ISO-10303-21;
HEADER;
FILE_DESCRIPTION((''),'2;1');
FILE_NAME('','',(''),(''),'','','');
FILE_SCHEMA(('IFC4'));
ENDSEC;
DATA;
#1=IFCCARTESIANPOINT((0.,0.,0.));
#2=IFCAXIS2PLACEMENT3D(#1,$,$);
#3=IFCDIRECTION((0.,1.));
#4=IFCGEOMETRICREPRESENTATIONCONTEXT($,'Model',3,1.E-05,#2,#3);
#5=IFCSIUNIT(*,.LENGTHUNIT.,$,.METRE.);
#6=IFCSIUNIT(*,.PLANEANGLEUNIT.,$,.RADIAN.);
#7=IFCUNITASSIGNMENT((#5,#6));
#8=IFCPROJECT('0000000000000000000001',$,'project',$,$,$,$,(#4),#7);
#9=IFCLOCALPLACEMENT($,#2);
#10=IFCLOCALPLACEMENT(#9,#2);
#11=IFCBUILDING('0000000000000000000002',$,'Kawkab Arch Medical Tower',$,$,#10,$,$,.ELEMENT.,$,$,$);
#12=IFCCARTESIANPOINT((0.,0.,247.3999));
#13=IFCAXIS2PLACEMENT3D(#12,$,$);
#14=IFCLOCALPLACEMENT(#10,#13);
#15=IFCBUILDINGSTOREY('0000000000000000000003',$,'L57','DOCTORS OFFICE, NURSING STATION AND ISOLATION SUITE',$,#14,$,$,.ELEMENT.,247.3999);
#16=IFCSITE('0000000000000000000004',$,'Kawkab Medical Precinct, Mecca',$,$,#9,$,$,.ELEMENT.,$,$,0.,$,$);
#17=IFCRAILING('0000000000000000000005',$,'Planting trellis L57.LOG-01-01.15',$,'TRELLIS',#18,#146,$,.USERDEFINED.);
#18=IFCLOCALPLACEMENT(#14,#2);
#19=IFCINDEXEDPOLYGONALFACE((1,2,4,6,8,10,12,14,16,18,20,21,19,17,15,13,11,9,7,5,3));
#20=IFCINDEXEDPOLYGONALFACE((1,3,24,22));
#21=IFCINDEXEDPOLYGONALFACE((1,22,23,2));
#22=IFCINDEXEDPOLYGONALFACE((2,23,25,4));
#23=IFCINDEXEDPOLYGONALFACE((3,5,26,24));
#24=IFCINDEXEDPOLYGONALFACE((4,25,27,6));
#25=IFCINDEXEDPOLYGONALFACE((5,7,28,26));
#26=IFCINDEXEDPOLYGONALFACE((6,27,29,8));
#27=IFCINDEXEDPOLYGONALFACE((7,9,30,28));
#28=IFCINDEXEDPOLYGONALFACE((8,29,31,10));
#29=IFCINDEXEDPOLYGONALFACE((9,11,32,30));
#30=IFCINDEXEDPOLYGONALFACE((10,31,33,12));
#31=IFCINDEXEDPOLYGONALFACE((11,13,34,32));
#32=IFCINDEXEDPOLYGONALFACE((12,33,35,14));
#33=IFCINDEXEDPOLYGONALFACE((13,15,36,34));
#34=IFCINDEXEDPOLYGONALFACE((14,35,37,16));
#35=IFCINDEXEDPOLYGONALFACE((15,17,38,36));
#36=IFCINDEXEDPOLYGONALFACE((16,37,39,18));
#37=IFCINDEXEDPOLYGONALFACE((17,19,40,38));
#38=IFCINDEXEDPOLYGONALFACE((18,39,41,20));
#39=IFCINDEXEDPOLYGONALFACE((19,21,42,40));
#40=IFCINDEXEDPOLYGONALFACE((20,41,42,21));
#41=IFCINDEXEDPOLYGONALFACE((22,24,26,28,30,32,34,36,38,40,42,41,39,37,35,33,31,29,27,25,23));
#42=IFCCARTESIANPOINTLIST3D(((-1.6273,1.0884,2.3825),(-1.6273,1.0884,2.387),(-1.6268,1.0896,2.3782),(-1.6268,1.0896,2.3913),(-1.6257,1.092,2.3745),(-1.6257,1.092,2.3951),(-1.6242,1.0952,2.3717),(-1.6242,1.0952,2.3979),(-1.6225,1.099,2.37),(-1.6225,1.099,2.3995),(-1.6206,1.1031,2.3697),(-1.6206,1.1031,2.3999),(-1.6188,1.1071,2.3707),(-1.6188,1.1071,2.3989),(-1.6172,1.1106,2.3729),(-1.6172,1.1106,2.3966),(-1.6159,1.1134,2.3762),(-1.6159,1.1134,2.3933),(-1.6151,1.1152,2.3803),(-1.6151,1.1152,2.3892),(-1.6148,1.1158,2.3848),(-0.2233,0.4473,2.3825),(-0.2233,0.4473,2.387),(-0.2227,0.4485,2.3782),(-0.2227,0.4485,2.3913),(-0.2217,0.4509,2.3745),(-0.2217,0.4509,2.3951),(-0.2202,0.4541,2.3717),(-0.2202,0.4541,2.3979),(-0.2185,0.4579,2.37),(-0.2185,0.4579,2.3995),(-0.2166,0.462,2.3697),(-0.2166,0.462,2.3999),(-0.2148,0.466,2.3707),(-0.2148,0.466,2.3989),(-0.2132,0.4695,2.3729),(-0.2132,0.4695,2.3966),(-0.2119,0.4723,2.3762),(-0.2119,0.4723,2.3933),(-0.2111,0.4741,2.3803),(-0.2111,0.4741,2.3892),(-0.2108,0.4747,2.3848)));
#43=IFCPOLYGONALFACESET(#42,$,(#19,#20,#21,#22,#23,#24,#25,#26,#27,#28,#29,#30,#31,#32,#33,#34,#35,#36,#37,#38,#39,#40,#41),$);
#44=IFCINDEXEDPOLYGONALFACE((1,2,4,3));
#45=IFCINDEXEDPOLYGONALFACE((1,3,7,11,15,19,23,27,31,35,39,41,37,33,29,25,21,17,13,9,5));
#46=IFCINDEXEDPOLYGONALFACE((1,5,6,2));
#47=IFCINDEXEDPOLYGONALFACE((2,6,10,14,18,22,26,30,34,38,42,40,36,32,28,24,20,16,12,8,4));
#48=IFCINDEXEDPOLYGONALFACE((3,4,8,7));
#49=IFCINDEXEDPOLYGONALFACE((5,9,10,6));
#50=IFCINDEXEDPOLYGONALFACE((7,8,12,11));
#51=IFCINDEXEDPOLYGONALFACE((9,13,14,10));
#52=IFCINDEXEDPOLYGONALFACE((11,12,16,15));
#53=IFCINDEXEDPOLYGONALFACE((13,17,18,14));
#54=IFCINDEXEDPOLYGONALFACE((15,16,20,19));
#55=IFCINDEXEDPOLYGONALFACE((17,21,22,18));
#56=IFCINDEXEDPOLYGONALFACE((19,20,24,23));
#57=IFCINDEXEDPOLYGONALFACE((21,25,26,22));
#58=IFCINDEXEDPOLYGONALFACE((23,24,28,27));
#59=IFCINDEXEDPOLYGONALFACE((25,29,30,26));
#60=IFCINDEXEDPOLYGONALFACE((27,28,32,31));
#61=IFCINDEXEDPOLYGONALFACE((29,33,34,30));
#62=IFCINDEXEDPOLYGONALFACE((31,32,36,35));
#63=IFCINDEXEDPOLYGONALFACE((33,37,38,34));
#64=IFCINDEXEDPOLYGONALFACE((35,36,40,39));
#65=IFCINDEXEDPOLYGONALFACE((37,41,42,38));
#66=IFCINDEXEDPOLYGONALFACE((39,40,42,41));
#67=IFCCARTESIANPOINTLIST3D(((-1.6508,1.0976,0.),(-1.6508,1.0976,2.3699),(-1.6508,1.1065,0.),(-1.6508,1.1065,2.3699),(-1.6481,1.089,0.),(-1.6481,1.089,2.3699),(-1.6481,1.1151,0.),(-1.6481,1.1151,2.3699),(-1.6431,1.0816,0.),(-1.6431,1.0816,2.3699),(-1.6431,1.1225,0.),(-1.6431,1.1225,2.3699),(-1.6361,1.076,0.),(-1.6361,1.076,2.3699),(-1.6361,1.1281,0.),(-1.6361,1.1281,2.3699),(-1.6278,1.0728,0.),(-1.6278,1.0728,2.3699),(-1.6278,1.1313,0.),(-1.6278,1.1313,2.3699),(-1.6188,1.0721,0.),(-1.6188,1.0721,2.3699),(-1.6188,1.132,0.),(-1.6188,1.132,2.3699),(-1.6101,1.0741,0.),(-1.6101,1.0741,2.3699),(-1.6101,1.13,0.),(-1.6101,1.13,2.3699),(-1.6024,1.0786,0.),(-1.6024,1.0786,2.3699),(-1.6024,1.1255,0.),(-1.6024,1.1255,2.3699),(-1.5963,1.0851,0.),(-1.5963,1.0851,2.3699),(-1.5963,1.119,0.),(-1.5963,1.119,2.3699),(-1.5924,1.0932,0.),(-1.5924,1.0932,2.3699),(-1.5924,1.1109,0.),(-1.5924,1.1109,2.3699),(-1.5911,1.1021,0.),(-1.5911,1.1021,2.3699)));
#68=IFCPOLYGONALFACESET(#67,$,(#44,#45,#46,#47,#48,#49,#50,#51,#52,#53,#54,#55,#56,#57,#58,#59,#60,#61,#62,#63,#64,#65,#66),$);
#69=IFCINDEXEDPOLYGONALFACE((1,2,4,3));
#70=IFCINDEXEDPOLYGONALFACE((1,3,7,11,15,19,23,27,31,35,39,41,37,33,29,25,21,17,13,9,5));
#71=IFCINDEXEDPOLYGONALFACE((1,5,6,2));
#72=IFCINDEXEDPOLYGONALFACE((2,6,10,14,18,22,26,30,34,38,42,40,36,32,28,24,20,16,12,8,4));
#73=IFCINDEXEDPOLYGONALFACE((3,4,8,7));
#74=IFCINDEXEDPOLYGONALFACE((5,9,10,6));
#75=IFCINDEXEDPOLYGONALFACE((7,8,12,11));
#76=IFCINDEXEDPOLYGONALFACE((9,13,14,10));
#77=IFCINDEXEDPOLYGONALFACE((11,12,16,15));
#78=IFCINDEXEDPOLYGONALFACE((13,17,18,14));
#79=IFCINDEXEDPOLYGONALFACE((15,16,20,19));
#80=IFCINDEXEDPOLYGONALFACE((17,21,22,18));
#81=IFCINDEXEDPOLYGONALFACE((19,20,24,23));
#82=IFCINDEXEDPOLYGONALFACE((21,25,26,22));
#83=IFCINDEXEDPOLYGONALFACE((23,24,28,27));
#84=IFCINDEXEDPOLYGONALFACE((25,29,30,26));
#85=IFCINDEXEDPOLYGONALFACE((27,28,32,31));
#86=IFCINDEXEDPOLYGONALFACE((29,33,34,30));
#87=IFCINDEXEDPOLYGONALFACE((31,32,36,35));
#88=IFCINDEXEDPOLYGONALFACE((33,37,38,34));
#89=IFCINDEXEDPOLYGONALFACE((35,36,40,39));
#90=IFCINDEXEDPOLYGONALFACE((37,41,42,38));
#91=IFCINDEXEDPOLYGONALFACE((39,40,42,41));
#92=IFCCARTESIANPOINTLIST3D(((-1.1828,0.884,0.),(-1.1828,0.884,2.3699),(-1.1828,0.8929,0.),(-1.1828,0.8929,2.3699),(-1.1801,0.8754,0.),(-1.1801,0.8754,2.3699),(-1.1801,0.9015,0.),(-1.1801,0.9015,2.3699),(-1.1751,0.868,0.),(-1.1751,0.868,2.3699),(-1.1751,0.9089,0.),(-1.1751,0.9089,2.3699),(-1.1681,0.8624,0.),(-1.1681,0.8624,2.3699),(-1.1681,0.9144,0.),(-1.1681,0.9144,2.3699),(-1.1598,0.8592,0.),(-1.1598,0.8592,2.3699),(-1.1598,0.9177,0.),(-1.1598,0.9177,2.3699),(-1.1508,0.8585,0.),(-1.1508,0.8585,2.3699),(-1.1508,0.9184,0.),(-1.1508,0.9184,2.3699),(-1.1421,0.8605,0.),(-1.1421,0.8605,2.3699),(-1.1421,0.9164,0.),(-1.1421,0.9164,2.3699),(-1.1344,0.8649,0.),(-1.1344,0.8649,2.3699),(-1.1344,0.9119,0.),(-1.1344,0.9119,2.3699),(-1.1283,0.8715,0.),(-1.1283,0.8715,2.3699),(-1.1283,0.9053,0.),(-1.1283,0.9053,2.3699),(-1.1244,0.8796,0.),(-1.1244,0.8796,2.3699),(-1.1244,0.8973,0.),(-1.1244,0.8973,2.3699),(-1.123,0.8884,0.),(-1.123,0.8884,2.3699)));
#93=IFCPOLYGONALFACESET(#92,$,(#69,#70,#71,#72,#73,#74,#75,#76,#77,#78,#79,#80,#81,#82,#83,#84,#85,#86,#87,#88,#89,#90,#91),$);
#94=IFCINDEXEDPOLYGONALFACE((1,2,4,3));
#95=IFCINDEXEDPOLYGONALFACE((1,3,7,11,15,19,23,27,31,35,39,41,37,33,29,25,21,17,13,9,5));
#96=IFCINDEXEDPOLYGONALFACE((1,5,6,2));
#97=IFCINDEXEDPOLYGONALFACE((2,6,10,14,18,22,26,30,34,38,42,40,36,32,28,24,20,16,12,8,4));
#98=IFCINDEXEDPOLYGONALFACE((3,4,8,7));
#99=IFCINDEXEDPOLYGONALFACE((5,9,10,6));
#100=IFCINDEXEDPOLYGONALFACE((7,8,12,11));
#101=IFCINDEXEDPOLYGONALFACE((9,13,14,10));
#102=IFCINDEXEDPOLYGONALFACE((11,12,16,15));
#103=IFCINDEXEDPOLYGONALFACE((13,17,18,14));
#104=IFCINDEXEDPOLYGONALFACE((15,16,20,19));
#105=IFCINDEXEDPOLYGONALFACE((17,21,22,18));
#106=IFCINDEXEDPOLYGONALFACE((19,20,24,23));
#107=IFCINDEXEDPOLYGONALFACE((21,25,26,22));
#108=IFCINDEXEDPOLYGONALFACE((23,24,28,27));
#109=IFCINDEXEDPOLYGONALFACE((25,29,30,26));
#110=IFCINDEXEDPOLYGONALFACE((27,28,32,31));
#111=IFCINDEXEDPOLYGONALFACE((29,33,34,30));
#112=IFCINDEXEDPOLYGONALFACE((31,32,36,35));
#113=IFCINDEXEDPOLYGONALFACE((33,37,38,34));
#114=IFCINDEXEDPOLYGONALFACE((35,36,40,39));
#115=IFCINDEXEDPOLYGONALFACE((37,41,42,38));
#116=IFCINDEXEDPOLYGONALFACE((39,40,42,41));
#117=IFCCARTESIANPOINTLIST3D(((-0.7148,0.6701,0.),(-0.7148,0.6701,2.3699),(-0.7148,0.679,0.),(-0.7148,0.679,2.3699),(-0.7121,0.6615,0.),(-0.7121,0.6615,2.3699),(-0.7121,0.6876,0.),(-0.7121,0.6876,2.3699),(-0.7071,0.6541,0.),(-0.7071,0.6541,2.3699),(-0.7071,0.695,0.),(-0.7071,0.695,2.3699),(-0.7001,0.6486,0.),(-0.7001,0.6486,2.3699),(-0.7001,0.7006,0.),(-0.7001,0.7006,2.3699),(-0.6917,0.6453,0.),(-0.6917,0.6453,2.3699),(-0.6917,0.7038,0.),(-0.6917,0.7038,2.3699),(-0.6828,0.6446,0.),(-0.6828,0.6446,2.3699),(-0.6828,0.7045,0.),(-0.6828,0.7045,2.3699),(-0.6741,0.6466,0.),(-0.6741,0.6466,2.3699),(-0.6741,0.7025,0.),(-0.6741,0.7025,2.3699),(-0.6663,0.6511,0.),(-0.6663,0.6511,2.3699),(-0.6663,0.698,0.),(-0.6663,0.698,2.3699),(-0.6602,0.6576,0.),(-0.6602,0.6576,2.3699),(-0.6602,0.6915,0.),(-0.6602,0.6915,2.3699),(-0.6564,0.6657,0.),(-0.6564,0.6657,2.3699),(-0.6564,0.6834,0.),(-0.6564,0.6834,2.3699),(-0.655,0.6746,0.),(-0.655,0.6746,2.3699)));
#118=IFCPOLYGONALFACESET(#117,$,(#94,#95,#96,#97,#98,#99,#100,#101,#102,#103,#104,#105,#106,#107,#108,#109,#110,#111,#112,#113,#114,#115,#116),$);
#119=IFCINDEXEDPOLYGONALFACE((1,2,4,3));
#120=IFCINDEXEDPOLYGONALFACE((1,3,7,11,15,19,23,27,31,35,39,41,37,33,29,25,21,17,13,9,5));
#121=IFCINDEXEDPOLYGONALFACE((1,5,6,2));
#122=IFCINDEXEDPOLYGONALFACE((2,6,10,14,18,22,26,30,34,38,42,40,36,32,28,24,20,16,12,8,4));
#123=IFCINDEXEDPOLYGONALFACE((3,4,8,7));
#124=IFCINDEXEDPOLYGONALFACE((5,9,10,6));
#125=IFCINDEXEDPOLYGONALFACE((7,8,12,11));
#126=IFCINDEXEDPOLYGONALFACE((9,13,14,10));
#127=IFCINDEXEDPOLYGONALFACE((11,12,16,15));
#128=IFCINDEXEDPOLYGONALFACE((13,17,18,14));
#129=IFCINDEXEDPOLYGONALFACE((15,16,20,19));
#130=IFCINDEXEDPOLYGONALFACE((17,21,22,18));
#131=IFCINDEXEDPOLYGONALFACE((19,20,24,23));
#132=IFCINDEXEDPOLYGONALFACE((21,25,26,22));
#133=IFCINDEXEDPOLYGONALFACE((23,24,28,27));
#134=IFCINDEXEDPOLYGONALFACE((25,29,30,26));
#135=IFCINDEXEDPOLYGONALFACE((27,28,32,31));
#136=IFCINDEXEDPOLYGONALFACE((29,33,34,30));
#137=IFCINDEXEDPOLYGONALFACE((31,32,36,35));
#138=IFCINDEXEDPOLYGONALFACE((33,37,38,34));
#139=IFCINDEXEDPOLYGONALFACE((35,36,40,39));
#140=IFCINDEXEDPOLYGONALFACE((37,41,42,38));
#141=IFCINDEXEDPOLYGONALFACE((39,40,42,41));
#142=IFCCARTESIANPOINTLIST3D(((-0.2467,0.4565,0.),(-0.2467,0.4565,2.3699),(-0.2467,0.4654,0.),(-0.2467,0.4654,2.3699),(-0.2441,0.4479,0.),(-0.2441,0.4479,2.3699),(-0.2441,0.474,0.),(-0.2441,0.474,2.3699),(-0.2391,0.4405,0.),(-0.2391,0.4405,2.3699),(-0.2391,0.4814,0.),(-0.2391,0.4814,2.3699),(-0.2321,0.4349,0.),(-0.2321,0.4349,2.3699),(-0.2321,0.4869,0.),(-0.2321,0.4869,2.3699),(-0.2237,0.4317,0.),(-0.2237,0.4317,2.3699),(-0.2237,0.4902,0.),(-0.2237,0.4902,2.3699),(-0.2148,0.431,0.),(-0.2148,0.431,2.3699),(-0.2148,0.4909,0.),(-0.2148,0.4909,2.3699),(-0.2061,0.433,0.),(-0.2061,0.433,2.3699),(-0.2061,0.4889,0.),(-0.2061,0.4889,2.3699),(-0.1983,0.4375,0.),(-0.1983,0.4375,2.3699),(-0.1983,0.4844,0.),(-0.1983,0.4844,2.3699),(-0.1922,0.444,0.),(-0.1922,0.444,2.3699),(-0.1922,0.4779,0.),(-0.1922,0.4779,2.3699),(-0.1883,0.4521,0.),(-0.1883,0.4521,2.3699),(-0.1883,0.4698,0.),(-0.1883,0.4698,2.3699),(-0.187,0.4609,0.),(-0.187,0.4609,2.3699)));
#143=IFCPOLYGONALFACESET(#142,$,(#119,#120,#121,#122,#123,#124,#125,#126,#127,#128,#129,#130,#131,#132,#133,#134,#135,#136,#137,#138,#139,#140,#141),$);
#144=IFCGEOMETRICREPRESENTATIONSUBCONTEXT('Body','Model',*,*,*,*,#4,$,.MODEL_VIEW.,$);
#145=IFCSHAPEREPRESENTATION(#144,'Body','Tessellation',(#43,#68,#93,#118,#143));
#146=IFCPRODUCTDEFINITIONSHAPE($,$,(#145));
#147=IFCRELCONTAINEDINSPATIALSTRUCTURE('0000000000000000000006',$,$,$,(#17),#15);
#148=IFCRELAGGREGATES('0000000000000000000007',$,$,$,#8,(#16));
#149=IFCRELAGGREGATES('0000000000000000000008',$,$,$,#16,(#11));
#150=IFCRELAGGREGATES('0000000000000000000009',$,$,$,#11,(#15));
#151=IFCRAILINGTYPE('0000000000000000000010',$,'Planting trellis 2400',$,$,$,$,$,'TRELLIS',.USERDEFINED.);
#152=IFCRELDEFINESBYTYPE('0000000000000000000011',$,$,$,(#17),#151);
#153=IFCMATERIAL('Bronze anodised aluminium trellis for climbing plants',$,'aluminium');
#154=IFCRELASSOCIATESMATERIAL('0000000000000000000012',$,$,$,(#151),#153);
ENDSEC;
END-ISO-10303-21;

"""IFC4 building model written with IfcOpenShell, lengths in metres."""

from ifc_helpers import new_model, si_unit, direction, frame, origin, origin_2d, place, context, subcontext, project, spatial, circle, extrude, material, type_object, element, save


model = new_model("IFC4")

# Units and contexts
model_context = context("Model", 3, precision=1e-05, world=origin(), true_north=direction((0.0, 1.0)))
body_context = subcontext(model_context, "Body", "Model", "MODEL_VIEW")
ifc_project = project(units=[si_unit("LENGTHUNIT", "METRE"), si_unit("PLANEANGLEUNIT", "RADIAN")], contexts=[model_context])

# Site, building, storey
site_placement = place(None, origin())
site = spatial("IfcSite", under=ifc_project, at=site_placement, Name="Kawkab Medical Precinct, Mecca", CompositionType="ELEMENT", RefElevation=0.0)
building_placement = place(site_placement, origin())
building = spatial("IfcBuilding", under=site, at=building_placement, Name="Kawkab Arch Medical Tower", CompositionType="ELEMENT")
storey_placement = place(building_placement, frame((0.0, 0.0, 247.3999)))
storey = spatial("IfcBuildingStorey", under=building, at=storey_placement, Name="L57", Description="DOCTORS OFFICE, NURSING STATION AND ISOLATION SUITE", CompositionType="ELEMENT", Elevation=247.3999)

# Railing
ifc_material_1 = material(Name="Bronze anodised aluminium trellis for climbing plants", Category="aluminium")
railing_type = type_object("IfcRailingType", Name="Planting trellis 2400", ElementType="TRELLIS", PredefinedType="USERDEFINED", material=ifc_material_1)
railing_1_placement = place(storey_placement, frame((-1.6211, 1.1021, 0.0)))
element("IfcRailing", 1, at=railing_1_placement, inside=storey, type_object=railing_type, Name="Planting trellis L57.LOG-01-01.15", ObjectType="TRELLIS", PredefinedType="USERDEFINED", context=body_context, shape_type="SweptSolid", body=[
    extrude(circle(Radius=0.0151, at=origin_2d()), frame((0.0, 0.0, 2.3848), z_axis=(0.909656, -0.415363, 0.0), x_axis=(0.415363, 0.909656, 0.0)), (0.0, 0.0, 1.0), 1.5435),
    extrude(circle(Radius=0.03, at=origin_2d()), origin(), (0.0, 0.0, 1.0), 2.3699),
    extrude(circle(Radius=0.03, at=origin_2d()), frame((0.468, -0.2136, 0.0)), (0.0, 0.0, 1.0), 2.3699),
    extrude(circle(Radius=0.03, at=origin_2d()), frame((0.936, -0.4275, 0.0)), (0.0, 0.0, 1.0), 2.3699),
    extrude(circle(Radius=0.03, at=origin_2d()), frame((1.4041, -0.6411, 0.0)), (0.0, 0.0, 1.0), 2.3699),
])

save(model, "model.ifc")
